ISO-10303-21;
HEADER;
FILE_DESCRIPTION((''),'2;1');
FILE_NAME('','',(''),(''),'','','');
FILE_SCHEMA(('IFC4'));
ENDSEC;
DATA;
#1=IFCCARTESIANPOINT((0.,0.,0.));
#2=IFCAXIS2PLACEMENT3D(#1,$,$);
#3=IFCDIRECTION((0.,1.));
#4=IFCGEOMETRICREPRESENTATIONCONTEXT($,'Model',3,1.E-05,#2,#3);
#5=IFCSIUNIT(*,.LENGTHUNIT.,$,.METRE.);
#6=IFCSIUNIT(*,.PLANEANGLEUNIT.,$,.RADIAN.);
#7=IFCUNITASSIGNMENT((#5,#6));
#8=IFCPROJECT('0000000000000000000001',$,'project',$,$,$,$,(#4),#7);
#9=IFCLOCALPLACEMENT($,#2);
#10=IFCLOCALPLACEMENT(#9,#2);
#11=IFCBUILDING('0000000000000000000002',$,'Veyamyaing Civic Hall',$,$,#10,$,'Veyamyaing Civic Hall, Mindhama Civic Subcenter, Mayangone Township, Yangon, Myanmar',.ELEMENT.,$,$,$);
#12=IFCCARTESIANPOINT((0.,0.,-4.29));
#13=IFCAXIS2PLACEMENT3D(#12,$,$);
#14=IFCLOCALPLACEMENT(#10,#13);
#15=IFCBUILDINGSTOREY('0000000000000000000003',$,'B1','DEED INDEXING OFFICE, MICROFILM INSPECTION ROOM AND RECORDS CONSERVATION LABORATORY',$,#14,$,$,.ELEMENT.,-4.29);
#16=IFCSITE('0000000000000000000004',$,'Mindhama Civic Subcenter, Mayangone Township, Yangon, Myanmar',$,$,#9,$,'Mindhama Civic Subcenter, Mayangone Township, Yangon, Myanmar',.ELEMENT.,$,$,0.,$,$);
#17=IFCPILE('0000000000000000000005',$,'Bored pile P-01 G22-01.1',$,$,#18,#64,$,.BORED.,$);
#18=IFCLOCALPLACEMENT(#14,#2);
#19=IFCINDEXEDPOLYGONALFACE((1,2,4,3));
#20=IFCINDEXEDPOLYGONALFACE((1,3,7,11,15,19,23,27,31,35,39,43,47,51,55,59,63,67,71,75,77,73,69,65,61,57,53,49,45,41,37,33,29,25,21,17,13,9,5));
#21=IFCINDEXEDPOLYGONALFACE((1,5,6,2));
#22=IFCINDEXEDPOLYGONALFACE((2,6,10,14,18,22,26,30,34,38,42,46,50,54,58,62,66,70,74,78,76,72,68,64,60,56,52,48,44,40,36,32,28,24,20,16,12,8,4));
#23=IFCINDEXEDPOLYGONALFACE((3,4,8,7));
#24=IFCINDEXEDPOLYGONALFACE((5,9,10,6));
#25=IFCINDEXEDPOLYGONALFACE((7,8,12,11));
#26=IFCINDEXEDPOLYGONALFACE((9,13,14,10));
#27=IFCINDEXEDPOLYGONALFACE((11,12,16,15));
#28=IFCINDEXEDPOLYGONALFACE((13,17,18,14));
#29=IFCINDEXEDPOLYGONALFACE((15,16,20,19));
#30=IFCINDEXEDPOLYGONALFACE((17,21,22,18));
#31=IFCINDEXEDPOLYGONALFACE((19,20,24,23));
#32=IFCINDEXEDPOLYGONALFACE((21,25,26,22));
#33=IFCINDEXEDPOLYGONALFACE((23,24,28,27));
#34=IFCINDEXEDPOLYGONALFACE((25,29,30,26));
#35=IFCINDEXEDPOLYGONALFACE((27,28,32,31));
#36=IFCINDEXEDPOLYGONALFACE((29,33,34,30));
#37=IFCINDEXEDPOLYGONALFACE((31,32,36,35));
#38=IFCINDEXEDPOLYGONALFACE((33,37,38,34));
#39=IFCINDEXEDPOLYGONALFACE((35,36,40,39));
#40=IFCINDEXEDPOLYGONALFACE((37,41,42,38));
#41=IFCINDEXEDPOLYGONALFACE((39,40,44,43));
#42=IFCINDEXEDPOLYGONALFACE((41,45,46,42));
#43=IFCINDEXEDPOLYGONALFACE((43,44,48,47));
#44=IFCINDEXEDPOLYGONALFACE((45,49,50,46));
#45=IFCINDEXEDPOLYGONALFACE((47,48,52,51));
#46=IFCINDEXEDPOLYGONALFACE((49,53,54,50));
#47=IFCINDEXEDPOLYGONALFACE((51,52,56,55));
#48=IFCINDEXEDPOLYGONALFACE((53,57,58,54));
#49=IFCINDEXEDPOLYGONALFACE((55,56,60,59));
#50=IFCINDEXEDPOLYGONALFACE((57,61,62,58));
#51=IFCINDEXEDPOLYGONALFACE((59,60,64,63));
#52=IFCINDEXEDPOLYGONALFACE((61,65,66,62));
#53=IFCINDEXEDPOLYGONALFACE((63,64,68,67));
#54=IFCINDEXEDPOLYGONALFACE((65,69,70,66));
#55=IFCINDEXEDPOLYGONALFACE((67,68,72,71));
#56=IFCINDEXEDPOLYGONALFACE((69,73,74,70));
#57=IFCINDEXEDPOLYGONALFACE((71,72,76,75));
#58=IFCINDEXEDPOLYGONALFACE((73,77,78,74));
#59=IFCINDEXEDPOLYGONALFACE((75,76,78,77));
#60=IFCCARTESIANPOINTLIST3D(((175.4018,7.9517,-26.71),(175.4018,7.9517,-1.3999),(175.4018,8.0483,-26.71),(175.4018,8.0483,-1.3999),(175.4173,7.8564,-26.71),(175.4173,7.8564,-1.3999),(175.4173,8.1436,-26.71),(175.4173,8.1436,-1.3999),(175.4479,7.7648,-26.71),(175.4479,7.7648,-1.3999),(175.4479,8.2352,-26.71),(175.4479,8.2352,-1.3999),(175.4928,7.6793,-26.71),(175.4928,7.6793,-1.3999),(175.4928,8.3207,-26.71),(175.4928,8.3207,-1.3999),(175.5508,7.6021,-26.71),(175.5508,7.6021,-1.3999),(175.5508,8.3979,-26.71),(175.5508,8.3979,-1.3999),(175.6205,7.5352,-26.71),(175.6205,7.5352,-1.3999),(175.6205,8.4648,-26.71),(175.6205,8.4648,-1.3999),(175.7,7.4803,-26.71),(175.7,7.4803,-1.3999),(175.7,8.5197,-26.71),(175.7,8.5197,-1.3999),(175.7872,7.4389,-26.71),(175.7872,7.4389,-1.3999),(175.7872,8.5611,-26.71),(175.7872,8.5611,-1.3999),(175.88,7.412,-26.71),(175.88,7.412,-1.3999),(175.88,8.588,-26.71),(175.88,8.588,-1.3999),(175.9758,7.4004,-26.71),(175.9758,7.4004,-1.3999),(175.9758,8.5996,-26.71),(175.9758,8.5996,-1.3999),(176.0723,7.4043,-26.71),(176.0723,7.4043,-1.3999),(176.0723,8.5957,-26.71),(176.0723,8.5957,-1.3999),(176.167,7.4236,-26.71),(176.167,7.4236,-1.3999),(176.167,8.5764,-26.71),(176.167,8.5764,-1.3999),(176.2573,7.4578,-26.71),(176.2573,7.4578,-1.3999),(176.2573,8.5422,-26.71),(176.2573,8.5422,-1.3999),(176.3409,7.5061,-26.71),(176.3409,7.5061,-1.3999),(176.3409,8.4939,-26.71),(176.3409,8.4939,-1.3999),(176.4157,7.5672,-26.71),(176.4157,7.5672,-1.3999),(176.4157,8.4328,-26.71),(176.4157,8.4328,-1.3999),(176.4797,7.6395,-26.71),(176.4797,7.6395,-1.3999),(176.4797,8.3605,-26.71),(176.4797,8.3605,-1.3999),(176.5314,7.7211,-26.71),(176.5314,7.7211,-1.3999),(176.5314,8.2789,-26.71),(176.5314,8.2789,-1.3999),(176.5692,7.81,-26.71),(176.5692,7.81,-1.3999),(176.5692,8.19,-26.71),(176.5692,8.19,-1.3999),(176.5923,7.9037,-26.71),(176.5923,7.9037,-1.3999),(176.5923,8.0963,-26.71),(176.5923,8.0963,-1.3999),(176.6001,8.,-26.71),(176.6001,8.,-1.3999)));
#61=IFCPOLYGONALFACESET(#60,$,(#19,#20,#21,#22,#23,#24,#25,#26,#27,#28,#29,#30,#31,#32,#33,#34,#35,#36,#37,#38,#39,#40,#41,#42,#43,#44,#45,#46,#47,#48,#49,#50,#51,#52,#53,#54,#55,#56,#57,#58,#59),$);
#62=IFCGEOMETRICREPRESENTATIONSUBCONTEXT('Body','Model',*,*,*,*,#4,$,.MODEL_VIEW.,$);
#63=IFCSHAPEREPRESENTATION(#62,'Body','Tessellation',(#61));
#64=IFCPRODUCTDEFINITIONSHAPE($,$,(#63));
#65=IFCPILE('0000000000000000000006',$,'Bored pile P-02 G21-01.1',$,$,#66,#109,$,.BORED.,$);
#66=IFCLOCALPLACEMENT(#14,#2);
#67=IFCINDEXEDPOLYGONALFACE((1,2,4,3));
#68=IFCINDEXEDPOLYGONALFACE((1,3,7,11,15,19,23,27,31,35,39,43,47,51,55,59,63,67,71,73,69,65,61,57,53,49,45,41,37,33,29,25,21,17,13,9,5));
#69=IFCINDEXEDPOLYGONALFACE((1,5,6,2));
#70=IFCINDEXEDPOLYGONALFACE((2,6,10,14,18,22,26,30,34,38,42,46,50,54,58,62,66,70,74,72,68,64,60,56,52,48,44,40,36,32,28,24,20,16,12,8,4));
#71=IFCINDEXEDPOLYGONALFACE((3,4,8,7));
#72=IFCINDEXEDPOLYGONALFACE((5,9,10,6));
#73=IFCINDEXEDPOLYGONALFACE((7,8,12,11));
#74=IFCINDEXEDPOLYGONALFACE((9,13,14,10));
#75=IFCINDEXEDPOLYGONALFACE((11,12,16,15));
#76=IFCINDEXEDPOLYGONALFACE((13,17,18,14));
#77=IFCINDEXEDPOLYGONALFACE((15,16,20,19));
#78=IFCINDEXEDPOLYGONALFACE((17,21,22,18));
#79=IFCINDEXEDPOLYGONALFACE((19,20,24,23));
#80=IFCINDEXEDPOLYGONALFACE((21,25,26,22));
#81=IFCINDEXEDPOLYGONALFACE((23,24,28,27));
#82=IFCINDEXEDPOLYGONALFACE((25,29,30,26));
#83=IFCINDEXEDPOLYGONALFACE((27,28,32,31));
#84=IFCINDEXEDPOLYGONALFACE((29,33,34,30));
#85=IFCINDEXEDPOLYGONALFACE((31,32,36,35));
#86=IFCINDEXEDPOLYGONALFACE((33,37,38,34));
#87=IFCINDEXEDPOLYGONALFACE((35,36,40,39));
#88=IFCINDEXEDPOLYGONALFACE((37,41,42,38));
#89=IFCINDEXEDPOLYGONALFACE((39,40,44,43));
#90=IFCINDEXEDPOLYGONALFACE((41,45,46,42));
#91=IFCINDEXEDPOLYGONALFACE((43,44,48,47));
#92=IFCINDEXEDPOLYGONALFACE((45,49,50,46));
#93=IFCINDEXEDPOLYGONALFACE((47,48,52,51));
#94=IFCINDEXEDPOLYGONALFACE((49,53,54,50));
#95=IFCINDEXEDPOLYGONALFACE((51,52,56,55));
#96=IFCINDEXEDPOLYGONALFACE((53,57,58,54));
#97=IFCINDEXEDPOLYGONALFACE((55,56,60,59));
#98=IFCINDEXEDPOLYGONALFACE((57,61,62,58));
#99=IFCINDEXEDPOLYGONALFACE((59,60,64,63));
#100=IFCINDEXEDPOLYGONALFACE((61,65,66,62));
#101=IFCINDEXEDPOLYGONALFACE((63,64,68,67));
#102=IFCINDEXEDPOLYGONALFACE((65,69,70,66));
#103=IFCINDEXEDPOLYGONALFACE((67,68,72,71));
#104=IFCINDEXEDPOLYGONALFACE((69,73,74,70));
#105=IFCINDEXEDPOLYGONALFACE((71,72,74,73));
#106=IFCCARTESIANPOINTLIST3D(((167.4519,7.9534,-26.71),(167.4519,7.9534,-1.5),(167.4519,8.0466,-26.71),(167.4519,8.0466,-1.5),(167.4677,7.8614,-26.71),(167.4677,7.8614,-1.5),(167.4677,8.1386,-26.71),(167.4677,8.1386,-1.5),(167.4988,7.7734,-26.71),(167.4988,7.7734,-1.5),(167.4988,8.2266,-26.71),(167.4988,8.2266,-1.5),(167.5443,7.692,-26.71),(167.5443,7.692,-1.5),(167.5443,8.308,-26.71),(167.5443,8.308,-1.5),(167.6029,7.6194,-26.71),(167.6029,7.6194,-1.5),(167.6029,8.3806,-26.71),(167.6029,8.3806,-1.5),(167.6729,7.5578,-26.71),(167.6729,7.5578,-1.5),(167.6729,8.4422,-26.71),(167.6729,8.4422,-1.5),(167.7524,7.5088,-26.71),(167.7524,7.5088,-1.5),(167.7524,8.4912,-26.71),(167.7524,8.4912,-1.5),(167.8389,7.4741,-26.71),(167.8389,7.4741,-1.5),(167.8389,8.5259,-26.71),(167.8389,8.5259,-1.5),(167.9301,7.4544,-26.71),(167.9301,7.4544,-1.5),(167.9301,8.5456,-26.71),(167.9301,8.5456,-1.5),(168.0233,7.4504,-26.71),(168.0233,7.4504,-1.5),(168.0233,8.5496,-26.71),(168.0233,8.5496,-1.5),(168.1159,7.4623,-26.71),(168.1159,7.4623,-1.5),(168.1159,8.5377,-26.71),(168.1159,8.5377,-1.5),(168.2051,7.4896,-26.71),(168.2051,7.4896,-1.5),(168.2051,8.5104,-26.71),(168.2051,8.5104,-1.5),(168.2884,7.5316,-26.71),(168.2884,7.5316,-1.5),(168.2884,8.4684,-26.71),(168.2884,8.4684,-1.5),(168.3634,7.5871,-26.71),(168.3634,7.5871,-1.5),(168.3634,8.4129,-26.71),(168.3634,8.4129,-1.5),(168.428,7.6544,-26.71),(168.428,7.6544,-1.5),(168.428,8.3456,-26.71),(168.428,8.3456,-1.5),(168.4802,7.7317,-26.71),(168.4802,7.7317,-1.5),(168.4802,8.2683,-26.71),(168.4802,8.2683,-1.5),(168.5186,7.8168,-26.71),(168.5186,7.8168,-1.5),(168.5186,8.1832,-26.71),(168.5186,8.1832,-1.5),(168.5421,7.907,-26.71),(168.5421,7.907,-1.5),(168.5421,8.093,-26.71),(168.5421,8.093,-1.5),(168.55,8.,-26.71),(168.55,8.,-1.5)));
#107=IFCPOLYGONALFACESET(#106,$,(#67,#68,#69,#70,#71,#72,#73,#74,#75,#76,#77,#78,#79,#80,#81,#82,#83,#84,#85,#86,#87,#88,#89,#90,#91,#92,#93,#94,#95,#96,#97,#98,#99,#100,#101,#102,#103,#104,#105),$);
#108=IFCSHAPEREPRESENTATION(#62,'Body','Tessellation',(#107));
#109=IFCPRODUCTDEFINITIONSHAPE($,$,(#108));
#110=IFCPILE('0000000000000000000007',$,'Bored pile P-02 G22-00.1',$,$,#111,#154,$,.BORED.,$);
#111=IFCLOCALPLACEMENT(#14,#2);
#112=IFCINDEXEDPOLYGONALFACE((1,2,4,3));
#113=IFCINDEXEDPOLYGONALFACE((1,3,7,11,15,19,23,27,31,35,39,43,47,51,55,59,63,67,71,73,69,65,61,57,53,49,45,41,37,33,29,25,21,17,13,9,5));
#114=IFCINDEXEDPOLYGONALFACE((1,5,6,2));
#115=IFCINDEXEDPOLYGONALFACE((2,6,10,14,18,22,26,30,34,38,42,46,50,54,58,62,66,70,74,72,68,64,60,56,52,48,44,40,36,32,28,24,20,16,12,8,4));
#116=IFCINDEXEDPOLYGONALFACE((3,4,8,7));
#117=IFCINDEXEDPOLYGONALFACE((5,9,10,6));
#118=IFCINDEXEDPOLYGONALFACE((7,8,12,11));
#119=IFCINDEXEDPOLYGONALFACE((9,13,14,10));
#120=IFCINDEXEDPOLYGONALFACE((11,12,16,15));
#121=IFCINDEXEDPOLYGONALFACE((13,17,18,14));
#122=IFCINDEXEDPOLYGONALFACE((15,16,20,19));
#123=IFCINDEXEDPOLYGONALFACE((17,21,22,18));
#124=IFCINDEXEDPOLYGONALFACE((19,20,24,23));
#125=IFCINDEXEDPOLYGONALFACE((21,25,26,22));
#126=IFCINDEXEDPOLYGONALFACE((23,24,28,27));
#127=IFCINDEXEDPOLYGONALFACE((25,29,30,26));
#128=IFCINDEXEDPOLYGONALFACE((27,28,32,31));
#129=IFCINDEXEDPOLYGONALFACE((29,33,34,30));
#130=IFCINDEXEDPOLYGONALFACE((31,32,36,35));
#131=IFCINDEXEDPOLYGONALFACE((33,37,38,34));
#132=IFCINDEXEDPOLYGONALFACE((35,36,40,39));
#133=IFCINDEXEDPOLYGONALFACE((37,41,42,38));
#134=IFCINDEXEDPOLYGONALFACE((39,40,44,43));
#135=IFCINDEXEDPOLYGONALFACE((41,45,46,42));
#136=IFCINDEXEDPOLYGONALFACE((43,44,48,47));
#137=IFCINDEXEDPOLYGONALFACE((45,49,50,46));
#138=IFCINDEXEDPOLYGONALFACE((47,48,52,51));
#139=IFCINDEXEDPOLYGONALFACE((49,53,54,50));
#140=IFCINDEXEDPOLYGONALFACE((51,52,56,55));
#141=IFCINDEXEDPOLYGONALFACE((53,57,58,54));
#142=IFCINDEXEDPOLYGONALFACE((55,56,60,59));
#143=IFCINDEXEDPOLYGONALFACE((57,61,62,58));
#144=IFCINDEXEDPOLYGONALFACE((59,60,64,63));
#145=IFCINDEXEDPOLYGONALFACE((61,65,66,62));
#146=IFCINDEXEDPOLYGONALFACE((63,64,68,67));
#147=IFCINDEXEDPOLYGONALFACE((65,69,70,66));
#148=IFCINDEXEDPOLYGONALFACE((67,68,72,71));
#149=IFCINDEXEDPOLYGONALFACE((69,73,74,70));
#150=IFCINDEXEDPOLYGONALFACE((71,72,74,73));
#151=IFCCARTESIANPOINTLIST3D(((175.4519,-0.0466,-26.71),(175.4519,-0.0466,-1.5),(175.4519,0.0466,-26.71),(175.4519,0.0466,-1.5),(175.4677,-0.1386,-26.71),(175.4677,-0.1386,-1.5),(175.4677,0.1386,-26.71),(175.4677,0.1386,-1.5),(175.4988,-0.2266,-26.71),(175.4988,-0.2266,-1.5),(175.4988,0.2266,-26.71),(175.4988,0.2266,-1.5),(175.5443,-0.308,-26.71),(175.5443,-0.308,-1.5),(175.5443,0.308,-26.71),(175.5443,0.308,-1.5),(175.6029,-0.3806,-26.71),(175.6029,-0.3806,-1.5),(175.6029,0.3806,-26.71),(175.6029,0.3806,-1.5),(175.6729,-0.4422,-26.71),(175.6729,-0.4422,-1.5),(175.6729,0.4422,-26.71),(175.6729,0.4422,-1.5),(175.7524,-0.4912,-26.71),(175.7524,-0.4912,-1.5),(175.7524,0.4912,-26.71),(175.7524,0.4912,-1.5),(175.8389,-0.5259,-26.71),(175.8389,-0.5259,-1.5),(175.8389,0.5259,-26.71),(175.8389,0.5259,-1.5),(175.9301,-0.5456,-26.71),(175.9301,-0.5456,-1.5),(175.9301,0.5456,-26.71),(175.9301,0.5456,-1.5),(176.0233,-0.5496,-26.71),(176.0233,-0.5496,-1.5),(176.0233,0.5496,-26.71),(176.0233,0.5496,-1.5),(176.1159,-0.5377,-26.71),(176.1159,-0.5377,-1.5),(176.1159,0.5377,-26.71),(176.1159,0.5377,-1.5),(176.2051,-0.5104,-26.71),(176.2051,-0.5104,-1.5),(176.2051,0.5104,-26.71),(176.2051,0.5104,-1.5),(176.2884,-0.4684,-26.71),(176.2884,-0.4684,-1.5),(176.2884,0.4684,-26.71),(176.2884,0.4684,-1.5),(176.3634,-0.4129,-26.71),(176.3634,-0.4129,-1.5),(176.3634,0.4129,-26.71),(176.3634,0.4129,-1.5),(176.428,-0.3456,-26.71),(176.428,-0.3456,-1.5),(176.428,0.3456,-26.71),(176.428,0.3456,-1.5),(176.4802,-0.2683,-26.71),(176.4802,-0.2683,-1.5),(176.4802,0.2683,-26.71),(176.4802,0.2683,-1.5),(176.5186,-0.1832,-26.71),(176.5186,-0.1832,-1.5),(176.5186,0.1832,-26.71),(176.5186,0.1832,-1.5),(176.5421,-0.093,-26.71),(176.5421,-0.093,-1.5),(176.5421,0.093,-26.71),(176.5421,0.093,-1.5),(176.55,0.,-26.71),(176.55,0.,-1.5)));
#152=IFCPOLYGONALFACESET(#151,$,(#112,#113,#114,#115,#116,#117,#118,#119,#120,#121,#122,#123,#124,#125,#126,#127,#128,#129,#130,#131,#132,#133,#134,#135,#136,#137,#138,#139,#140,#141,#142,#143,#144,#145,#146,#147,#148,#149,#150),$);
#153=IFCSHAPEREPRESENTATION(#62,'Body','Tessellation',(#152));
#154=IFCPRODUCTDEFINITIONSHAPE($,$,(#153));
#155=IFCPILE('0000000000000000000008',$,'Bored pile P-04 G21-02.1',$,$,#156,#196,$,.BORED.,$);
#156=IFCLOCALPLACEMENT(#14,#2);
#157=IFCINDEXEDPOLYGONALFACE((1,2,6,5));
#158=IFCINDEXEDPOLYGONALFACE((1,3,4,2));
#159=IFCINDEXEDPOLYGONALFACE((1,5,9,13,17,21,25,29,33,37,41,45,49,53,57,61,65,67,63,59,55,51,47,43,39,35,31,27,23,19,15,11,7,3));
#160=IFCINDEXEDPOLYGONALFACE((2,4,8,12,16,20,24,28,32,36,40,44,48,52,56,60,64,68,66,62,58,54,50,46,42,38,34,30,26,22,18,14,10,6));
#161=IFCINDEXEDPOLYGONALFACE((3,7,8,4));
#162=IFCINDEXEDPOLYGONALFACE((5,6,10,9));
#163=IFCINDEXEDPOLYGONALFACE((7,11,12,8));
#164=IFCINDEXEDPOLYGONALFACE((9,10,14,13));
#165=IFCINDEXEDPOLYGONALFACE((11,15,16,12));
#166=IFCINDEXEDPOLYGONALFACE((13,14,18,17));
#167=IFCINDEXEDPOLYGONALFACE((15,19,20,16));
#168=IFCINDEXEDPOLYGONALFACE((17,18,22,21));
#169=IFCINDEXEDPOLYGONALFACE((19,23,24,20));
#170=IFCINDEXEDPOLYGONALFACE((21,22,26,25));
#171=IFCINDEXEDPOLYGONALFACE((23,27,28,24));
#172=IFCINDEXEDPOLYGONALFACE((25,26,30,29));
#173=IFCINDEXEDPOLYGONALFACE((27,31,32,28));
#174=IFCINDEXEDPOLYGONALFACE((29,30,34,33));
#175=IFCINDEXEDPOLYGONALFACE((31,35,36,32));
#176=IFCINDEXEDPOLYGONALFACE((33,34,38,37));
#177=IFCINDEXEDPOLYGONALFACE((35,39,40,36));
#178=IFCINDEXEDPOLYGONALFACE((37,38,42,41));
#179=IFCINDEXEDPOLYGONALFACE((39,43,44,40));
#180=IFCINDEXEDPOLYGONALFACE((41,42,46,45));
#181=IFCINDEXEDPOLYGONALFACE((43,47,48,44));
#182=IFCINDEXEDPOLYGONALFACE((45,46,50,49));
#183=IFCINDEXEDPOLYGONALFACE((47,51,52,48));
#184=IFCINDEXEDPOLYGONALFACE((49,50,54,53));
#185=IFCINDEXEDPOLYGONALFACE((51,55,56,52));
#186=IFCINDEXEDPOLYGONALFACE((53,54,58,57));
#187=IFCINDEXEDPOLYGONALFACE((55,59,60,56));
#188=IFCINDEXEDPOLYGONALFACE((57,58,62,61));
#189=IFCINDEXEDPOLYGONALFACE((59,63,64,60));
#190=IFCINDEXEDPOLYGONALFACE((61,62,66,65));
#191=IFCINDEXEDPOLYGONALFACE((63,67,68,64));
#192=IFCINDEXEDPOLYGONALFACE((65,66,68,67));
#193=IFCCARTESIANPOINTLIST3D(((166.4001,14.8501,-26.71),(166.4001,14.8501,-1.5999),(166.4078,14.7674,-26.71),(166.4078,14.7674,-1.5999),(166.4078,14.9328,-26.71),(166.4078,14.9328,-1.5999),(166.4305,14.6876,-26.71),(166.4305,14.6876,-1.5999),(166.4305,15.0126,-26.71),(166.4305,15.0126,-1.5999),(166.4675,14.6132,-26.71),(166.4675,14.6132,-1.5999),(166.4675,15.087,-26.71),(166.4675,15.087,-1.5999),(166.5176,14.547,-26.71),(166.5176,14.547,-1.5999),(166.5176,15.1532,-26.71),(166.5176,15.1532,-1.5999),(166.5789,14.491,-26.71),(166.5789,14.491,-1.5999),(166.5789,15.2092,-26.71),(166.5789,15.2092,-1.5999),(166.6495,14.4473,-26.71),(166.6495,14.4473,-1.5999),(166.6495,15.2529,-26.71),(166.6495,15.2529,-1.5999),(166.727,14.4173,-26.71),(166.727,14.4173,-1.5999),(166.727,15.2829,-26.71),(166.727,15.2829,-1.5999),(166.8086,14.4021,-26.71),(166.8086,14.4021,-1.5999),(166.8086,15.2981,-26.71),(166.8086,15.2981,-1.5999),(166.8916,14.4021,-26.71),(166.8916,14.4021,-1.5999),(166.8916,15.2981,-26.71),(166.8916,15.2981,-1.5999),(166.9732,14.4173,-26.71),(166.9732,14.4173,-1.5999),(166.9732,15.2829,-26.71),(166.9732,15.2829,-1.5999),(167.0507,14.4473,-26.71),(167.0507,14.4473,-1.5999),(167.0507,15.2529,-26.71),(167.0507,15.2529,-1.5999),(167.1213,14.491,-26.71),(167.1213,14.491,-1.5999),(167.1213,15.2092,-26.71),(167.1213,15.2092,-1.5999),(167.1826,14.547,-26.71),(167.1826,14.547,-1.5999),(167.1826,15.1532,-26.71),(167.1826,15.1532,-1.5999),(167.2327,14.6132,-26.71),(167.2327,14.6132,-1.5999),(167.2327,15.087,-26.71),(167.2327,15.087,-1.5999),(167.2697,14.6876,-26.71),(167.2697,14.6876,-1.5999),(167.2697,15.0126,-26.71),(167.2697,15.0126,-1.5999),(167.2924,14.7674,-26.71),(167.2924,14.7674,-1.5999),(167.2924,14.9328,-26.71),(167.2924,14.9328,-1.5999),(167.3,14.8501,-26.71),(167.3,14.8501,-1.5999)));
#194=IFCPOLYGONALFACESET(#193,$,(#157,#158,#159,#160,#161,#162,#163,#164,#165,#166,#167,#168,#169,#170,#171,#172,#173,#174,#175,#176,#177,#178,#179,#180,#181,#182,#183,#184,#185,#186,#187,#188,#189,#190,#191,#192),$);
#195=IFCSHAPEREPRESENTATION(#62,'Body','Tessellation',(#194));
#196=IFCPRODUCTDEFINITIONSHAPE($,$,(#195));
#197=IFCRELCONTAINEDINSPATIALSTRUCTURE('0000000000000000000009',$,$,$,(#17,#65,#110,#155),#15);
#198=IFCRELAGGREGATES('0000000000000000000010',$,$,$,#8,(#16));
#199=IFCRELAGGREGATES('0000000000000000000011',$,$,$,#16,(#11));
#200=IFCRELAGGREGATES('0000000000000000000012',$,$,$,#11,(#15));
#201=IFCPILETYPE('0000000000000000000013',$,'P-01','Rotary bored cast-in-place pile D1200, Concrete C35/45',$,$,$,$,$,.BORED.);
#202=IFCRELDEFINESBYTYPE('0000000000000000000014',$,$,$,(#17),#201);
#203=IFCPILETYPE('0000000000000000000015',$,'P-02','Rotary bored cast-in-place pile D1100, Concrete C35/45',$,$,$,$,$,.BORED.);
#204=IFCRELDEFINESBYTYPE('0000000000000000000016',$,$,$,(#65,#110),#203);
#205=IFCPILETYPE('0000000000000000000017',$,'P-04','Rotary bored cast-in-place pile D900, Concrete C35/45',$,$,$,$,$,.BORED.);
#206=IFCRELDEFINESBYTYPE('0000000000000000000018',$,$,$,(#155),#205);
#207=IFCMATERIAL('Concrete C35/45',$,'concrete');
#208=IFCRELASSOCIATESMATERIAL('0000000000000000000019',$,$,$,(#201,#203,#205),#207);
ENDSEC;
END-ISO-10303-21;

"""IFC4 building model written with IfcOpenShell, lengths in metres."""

from ifc_helpers import new_model, si_unit, direction, frame, origin, origin_2d, place, context, subcontext, project, spatial, circle, extrude, material, material_profile, profile_set, type_object, element, save


model = new_model("IFC4")

# Units and contexts
model_context = context("Model", 3, precision=1e-05, world=origin(), true_north=direction((0.0, 1.0)))
body_context = subcontext(model_context, "Body", "Model", "MODEL_VIEW")
ifc_project = project(units=[si_unit("LENGTHUNIT", "METRE"), si_unit("PLANEANGLEUNIT", "RADIAN")], contexts=[model_context])

# Site, building, storey
site_placement = place(None, origin())
site = spatial("IfcSite", under=ifc_project, at=site_placement, Name="Mindhama Civic Subcenter, Mayangone Township, Yangon, Myanmar", LongName="Mindhama Civic Subcenter, Mayangone Township, Yangon, Myanmar", CompositionType="ELEMENT", RefElevation=0.0)
building_placement = place(site_placement, origin())
building = spatial("IfcBuilding", under=site, at=building_placement, Name="Veyamyaing Civic Hall", LongName="Veyamyaing Civic Hall, Mindhama Civic Subcenter, Mayangone Township, Yangon, Myanmar", CompositionType="ELEMENT")
storey_placement = place(building_placement, frame((0.0, 0.0, -4.29)))
storey = spatial("IfcBuildingStorey", under=building, at=storey_placement, Name="B1", Description="DEED INDEXING OFFICE, MICROFILM INSPECTION ROOM AND RECORDS CONSERVATION LABORATORY", CompositionType="ELEMENT", Elevation=-4.29)

# Piles
ifc_material_1 = material(Name="Concrete C35/45", Category="concrete")
ifc_material_profile_1 = material_profile(ifc_material_1, circle(Radius=0.6001, at=origin_2d()), Name="PILE-D1200")
ifc_profile_set_1 = profile_set([ifc_material_profile_1], Name="Concrete C35/45")
pile_type_1 = type_object("IfcPileType", Name="P-01", Description="Rotary bored cast-in-place pile D1200, Concrete C35/45", PredefinedType="BORED", material=ifc_profile_set_1)
for number, where, z_axis, x_axis, name in (
    (1, (176.0, 8.0, -1.3999), (0.0, 0.0, -1.0), (1.0, 0.0, 0.0), "Bored pile P-01 G22-01.1"),
):
    element("IfcPile", number, at=place(storey_placement, frame(where, z_axis=z_axis, x_axis=x_axis)), inside=storey, type_object=pile_type_1, Name=name, PredefinedType="BORED", context=body_context, shape_type="SweptSolid", body=[
        extrude(circle(Radius=0.6001, at=origin_2d()), origin(), (0.0, 0.0, 1.0), 25.3101),
    ])
ifc_material_profile_2 = material_profile(ifc_material_1, circle(Radius=0.55, at=origin_2d()), Name="PILE-D1100")
ifc_profile_set_2 = profile_set([ifc_material_profile_2], Name="Concrete C35/45")
pile_type_2 = type_object("IfcPileType", Name="P-02", Description="Rotary bored cast-in-place pile D1100, Concrete C35/45", PredefinedType="BORED", material=ifc_profile_set_2)
for number, where, z_axis, x_axis, name in (
    (2, (168.0, 8.0, -1.5), (0.0, 0.0, -1.0), (1.0, 0.0, 0.0), "Bored pile P-02 G21-01.1"),
    (3, (176.0, 0.0, -1.5), (0.0, 0.0, -1.0), (1.0, 0.0, 0.0), "Bored pile P-02 G22-00.1"),
):
    element("IfcPile", number, at=place(storey_placement, frame(where, z_axis=z_axis, x_axis=x_axis)), inside=storey, type_object=pile_type_2, Name=name, PredefinedType="BORED", context=body_context, shape_type="SweptSolid", body=[
        extrude(circle(Radius=0.55, at=origin_2d()), origin(), (0.0, 0.0, 1.0), 25.21),
    ])
ifc_material_profile_3 = material_profile(ifc_material_1, circle(Radius=0.45, at=origin_2d()), Name="PILE-D900")
ifc_profile_set_3 = profile_set([ifc_material_profile_3], Name="Concrete C35/45")
pile_type_3 = type_object("IfcPileType", Name="P-04", Description="Rotary bored cast-in-place pile D900, Concrete C35/45", PredefinedType="BORED", material=ifc_profile_set_3)
for number, where, z_axis, x_axis, name in (
    (4, (166.8501, 14.8501, -1.5999), (0.0, 0.0, -1.0), (1.0, 0.0, 0.0), "Bored pile P-04 G21-02.1"),
):
    element("IfcPile", number, at=place(storey_placement, frame(where, z_axis=z_axis, x_axis=x_axis)), inside=storey, type_object=pile_type_3, Name=name, PredefinedType="BORED", context=body_context, shape_type="SweptSolid", body=[
        extrude(circle(Radius=0.45, at=origin_2d()), origin(), (0.0, 0.0, 1.0), 25.1101),
    ])

save(model, "model.ifc")
